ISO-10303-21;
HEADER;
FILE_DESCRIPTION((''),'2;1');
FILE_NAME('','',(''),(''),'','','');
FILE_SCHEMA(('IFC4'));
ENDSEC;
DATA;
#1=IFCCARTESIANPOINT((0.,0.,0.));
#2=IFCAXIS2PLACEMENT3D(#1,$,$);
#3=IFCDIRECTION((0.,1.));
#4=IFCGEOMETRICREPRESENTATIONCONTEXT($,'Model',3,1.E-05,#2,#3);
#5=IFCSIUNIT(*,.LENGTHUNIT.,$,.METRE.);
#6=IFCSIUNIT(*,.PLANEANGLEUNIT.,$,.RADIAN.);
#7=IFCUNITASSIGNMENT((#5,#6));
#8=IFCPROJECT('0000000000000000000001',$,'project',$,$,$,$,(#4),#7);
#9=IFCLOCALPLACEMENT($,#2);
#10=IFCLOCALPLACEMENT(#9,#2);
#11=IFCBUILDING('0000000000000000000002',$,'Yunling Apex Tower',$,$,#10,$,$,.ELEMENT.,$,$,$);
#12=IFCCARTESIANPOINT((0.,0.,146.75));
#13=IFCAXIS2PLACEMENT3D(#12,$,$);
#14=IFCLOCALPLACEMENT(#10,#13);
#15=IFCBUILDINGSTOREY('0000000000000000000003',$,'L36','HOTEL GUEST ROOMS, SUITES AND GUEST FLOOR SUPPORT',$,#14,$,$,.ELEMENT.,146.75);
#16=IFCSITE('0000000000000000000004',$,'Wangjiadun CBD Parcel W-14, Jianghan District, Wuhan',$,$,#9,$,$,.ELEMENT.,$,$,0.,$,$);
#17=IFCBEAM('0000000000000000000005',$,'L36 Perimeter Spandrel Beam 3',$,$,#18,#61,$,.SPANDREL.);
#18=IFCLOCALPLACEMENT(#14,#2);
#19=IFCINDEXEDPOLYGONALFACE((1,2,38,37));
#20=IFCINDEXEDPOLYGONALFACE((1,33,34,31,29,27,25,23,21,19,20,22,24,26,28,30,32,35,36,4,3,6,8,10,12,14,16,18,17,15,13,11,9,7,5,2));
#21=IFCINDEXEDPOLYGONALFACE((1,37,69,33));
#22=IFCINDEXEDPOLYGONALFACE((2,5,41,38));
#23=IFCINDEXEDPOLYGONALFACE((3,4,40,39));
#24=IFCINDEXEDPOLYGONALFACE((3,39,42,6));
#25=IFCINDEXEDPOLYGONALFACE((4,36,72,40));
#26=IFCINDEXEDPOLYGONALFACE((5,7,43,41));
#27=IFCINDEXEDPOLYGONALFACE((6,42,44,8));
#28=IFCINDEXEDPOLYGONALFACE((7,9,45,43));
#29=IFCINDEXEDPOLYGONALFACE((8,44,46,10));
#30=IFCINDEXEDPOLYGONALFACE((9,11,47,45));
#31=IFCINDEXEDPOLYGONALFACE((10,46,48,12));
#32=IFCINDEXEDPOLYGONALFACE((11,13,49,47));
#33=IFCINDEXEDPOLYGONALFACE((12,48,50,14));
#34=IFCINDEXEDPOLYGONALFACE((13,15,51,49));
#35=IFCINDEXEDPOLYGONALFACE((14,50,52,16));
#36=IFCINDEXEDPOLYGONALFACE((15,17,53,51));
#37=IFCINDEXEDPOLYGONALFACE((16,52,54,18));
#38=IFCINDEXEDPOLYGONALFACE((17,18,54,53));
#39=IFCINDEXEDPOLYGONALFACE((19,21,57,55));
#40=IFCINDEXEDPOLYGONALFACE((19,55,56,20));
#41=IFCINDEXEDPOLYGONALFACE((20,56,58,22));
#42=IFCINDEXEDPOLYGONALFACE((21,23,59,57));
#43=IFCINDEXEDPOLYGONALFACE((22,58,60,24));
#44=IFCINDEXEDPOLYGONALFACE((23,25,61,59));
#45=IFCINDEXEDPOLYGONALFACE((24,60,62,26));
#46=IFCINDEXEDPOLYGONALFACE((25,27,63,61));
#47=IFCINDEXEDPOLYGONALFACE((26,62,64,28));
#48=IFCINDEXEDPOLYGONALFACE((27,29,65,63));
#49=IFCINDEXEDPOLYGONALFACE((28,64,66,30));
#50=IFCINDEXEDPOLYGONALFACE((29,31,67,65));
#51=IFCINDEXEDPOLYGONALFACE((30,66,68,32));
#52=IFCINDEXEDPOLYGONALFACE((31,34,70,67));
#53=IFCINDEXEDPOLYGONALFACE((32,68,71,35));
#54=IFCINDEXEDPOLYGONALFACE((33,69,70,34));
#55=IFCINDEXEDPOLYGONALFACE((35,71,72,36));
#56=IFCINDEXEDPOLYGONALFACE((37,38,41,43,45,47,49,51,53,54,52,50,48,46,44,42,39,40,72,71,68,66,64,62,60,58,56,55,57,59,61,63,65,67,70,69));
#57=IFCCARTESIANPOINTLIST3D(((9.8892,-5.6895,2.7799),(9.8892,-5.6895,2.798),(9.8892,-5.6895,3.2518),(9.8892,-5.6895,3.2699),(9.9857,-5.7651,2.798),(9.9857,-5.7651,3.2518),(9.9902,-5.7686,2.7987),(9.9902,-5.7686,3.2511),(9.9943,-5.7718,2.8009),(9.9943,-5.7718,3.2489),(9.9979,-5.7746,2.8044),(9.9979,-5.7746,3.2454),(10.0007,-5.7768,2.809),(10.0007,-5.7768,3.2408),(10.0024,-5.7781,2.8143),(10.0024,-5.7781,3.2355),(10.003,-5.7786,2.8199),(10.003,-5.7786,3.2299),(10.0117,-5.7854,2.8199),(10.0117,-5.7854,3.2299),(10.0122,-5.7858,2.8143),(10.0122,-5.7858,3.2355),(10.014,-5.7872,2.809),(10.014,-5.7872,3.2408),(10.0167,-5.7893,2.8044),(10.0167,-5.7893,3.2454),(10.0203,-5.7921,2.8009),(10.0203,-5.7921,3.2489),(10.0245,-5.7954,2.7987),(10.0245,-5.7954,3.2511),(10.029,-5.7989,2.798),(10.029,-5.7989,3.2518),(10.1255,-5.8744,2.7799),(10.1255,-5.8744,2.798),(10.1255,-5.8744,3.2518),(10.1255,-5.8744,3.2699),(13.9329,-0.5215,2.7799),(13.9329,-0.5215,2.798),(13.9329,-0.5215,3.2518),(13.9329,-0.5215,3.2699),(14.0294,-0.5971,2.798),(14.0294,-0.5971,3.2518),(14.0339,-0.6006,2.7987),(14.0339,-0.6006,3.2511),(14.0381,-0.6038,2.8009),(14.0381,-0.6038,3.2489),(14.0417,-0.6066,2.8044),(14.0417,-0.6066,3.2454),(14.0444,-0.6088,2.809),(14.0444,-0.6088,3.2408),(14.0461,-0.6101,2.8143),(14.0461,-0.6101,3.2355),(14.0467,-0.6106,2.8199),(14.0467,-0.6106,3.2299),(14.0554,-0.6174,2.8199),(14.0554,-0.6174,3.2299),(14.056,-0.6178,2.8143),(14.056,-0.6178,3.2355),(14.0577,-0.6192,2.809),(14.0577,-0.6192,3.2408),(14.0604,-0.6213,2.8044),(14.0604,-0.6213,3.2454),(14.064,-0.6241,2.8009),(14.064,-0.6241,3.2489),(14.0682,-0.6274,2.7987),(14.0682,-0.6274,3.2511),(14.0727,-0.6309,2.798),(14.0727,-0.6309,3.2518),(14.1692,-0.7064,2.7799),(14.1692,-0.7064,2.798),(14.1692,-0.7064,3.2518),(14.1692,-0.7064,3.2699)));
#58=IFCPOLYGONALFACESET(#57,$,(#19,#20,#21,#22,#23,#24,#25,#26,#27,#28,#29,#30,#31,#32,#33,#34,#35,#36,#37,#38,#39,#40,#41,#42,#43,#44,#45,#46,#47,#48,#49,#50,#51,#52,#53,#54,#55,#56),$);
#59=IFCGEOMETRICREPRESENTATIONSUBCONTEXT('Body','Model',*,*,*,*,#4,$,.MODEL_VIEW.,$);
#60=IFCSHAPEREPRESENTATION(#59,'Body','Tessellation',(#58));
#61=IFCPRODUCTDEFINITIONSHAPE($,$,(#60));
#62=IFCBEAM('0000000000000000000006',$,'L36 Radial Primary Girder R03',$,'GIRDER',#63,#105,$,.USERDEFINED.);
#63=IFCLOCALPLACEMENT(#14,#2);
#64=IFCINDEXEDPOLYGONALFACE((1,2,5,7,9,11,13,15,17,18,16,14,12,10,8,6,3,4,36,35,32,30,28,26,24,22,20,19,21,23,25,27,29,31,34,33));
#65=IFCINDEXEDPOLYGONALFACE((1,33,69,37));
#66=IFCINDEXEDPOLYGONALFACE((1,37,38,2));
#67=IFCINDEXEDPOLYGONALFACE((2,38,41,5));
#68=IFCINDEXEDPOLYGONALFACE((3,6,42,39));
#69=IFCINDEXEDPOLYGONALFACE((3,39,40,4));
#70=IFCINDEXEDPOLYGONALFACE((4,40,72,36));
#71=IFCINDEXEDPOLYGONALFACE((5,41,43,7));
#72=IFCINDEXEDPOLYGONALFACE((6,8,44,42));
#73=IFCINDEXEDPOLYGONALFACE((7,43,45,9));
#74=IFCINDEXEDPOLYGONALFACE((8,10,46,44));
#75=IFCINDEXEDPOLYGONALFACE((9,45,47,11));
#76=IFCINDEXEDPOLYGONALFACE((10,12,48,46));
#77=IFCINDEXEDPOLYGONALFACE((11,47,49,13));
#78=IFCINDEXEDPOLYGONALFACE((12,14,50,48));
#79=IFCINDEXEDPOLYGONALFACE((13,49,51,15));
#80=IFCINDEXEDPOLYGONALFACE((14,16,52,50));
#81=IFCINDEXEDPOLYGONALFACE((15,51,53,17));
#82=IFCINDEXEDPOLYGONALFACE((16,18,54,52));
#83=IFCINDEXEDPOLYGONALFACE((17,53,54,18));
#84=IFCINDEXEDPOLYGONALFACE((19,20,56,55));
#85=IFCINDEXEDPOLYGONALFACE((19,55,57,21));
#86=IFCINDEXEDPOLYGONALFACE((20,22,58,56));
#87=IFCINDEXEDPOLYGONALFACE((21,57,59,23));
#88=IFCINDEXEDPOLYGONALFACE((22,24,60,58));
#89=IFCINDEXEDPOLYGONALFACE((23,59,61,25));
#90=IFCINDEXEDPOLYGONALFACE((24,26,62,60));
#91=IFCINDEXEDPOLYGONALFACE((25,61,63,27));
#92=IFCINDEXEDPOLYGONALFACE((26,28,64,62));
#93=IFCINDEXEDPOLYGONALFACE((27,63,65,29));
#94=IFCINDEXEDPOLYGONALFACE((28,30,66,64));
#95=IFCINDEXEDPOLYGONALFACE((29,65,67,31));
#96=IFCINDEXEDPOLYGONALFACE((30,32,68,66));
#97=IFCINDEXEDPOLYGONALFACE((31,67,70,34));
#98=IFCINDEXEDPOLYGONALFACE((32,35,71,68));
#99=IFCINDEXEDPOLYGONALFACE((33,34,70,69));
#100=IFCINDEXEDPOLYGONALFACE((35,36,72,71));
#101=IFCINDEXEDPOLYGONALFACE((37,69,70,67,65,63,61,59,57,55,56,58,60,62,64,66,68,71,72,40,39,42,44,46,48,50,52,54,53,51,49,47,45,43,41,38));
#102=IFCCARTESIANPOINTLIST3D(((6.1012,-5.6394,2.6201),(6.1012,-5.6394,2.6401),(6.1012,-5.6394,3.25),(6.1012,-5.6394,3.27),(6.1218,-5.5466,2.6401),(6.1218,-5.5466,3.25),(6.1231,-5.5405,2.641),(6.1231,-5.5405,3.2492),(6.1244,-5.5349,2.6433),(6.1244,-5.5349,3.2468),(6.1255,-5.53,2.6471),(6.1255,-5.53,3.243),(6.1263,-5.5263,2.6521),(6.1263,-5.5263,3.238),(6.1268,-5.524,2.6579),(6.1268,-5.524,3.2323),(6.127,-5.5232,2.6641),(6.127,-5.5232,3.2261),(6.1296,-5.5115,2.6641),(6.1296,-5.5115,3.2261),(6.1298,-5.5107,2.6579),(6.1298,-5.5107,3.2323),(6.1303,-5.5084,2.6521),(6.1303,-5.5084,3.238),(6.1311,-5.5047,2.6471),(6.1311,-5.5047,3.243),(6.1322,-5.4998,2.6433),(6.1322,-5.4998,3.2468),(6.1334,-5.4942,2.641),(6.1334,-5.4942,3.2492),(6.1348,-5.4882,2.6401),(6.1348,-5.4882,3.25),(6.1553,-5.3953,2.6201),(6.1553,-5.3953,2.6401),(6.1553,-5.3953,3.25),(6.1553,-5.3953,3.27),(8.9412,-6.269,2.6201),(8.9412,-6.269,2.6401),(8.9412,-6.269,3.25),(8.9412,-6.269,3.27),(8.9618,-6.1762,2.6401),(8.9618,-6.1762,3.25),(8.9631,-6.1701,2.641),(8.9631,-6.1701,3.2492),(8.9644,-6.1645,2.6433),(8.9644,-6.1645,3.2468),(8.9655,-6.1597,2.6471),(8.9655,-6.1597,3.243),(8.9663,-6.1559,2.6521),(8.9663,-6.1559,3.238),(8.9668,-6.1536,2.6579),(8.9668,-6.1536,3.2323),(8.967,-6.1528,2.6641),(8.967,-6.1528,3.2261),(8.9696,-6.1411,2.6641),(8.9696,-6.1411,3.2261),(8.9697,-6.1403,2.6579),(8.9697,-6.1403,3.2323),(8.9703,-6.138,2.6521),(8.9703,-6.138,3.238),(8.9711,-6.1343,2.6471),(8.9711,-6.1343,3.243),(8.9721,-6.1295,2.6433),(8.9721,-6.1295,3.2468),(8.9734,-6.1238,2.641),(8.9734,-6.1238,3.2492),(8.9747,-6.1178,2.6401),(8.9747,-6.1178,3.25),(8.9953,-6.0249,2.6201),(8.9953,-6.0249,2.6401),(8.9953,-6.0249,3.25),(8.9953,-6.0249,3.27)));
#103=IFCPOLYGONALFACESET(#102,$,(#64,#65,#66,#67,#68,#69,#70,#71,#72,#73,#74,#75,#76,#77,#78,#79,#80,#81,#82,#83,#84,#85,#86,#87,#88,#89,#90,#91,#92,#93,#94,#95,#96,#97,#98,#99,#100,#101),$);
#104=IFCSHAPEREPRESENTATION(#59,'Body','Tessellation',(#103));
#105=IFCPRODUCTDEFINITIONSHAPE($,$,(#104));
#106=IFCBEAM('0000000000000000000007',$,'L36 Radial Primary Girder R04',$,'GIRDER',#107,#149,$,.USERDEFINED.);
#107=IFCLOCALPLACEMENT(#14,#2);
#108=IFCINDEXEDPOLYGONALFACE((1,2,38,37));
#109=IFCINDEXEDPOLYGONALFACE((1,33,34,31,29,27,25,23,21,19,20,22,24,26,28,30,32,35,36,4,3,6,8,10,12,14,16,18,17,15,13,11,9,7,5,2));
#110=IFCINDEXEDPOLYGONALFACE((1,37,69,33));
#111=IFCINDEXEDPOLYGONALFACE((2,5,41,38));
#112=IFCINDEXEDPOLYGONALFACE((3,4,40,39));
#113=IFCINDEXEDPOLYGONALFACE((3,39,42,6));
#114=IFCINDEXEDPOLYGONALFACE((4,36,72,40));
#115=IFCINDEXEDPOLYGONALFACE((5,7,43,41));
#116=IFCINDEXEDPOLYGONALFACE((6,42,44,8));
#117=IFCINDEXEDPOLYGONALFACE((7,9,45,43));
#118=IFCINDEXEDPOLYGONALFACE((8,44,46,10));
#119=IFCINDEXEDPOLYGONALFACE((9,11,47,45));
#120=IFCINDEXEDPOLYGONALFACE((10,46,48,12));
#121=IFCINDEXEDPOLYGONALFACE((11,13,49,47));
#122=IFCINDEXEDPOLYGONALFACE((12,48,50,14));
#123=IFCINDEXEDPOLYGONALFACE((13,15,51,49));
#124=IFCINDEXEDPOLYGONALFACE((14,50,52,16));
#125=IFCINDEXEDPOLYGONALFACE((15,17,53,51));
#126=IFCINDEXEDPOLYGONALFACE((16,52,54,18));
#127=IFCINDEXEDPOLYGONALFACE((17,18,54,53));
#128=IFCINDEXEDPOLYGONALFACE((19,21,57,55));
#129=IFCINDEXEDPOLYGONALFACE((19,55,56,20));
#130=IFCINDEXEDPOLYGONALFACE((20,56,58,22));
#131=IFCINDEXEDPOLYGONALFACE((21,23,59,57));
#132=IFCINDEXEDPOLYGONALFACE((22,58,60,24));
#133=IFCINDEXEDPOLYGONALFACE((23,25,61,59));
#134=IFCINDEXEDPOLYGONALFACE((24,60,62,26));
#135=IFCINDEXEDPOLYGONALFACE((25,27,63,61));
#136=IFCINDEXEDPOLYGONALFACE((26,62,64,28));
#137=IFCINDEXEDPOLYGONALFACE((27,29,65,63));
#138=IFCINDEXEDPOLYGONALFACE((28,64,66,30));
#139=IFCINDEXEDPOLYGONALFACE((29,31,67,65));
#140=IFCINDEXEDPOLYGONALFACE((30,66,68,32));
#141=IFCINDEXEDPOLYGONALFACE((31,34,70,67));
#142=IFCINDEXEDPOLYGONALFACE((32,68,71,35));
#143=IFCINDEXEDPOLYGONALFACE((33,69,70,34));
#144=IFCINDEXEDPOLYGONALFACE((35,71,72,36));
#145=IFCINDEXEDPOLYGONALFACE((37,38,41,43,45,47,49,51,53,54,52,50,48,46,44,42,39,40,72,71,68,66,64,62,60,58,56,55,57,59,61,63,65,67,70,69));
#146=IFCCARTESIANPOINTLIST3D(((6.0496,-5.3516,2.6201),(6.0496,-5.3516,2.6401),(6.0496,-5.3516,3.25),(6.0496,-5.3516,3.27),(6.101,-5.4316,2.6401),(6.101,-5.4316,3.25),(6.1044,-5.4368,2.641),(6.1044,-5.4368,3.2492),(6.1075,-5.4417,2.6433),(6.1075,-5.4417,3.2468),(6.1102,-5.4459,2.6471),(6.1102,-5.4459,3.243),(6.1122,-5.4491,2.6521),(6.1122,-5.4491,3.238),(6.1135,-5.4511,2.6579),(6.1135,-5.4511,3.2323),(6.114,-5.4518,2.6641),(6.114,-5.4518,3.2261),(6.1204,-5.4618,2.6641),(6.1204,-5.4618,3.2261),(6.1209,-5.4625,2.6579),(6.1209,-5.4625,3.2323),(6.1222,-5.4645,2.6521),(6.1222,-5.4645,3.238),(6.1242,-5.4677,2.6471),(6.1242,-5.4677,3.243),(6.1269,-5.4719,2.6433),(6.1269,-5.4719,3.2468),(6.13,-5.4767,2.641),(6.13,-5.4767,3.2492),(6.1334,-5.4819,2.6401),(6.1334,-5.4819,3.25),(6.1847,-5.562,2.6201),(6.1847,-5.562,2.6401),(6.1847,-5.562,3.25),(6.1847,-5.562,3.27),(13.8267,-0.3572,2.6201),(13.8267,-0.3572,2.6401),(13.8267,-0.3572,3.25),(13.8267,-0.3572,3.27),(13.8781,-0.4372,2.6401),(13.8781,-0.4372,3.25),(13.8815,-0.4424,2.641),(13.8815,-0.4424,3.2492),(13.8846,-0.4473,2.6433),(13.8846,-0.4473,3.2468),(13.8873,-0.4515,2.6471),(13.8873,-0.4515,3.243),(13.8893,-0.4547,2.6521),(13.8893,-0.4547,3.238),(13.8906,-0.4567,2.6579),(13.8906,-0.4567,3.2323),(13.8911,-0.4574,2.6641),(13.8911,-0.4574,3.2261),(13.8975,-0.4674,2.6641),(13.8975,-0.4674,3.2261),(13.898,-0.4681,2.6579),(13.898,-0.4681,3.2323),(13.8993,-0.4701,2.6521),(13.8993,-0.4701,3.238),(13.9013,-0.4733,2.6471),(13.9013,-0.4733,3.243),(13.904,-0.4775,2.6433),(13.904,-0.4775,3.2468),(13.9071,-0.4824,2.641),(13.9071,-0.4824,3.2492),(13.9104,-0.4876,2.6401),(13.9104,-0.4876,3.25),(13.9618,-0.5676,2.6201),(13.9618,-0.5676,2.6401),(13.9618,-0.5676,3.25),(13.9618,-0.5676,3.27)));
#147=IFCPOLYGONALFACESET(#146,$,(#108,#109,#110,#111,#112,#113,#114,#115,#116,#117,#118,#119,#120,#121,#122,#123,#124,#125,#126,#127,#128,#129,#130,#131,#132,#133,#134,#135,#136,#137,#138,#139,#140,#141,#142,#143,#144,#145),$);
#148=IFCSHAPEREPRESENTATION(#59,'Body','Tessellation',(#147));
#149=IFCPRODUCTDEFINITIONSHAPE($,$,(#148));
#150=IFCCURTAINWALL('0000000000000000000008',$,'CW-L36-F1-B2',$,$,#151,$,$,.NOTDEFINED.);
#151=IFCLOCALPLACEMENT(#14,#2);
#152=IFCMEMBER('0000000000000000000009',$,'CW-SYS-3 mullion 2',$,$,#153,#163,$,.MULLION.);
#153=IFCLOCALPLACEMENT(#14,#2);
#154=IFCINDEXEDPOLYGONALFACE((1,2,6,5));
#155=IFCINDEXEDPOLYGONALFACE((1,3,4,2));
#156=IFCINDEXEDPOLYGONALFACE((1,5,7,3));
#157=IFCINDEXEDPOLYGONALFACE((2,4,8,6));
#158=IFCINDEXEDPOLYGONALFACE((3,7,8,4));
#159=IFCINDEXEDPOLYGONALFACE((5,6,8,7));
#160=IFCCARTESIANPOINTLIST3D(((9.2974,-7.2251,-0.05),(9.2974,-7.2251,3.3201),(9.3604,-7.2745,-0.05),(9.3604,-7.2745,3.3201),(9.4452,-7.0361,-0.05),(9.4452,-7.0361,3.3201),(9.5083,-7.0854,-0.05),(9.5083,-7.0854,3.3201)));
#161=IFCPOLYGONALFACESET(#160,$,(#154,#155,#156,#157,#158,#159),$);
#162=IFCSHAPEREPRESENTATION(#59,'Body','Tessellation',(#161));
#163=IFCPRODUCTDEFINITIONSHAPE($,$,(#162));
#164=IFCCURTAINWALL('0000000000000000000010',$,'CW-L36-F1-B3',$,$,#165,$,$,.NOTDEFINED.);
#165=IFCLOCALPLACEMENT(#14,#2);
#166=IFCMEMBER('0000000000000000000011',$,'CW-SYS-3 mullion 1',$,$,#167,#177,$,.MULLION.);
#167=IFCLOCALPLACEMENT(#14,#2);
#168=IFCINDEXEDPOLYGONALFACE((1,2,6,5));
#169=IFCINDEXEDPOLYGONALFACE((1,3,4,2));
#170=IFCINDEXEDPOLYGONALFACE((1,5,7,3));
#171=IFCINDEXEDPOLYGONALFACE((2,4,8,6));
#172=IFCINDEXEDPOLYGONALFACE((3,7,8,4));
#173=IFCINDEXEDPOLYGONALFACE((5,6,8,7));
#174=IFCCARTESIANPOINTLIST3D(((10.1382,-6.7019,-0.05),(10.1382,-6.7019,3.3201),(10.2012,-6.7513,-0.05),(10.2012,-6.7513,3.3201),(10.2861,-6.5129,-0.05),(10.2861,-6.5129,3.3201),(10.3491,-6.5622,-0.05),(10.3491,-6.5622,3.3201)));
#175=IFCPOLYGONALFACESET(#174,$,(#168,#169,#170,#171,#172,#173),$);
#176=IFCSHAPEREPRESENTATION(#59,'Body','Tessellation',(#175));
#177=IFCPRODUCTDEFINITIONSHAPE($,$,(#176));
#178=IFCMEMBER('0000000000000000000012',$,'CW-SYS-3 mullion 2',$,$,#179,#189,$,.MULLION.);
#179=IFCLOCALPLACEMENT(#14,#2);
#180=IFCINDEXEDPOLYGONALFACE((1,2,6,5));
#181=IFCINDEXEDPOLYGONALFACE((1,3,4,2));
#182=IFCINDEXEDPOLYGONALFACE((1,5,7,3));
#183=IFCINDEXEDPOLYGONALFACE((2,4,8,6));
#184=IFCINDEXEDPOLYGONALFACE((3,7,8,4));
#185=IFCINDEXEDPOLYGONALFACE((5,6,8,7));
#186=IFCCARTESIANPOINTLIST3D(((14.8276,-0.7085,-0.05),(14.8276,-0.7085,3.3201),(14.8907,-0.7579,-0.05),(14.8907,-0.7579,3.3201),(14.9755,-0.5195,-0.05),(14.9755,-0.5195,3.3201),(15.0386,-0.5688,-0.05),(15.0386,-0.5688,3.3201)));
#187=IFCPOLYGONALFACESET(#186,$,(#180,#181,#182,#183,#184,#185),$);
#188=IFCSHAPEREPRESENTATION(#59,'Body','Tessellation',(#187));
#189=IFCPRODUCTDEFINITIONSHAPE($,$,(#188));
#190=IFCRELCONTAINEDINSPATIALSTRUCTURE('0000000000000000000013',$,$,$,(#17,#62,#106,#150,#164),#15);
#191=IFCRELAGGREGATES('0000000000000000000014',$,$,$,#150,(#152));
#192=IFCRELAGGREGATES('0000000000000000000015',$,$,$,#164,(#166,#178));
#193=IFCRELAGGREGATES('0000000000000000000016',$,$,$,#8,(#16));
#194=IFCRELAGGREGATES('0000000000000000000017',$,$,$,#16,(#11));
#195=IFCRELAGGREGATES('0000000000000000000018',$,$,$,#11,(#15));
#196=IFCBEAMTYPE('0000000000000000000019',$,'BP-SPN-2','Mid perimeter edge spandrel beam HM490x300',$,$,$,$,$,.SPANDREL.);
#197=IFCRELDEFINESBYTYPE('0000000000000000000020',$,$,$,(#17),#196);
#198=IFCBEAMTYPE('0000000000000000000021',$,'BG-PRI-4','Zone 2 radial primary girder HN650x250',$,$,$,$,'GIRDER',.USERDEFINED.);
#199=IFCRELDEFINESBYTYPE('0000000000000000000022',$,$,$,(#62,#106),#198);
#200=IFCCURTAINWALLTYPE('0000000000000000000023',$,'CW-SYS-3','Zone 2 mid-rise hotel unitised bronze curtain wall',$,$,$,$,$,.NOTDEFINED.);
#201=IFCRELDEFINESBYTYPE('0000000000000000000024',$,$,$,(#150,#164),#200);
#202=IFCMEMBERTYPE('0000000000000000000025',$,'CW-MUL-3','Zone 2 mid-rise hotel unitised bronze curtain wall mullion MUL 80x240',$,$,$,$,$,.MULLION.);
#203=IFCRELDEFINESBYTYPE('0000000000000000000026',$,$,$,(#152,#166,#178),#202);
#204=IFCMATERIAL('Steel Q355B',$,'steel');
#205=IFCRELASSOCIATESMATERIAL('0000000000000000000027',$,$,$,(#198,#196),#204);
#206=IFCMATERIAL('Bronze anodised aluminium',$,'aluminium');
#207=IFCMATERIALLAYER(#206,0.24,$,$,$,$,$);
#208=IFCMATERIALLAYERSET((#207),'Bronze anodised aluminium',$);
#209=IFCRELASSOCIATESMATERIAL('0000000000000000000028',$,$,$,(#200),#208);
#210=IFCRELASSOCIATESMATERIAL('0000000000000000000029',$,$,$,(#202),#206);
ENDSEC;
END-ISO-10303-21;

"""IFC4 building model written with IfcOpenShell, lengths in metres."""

from ifc_helpers import new_model, si_unit, direction, frame, origin, origin_2d, place, context, subcontext, project, spatial, rectangle, i_section, extrude, source, transform, mapped, material, layer, layer_set, material_profile, profile_set, type_object, element, aggregate, save


model = new_model("IFC4")

# Units and contexts
model_context = context("Model", 3, precision=1e-05, world=origin(), true_north=direction((0.0, 1.0)))
body_context = subcontext(model_context, "Body", "Model", "MODEL_VIEW")
ifc_project = project(units=[si_unit("LENGTHUNIT", "METRE"), si_unit("PLANEANGLEUNIT", "RADIAN")], contexts=[model_context])

# Site, building, storey
site_placement = place(None, origin())
site = spatial("IfcSite", under=ifc_project, at=site_placement, Name="Wangjiadun CBD Parcel W-14, Jianghan District, Wuhan", CompositionType="ELEMENT", RefElevation=0.0)
building_placement = place(site_placement, origin())
building = spatial("IfcBuilding", under=site, at=building_placement, Name="Yunling Apex Tower", CompositionType="ELEMENT")
storey_placement = place(building_placement, frame((0.0, 0.0, 146.75)))
storey = spatial("IfcBuildingStorey", under=building, at=storey_placement, Name="L36", Description="HOTEL GUEST ROOMS, SUITES AND GUEST FLOOR SUPPORT", CompositionType="ELEMENT", Elevation=146.75)

# Beams
ifc_material_1 = material(Name="Steel Q355B", Category="steel")
ifc_material_profile_1 = material_profile(ifc_material_1, i_section(OverallWidth=0.25, OverallDepth=0.6499, WebThickness=0.012, FlangeThickness=0.02, FilletRadius=0.0239, at=origin_2d()))
ifc_profile_set_1 = profile_set([ifc_material_profile_1], Name="Steel Q355B")
beam_type_1 = type_object("IfcBeamType", Name="BG-PRI-4", Description="Zone 2 radial primary girder HN650x250", ElementType="GIRDER", PredefinedType="USERDEFINED", material=ifc_profile_set_1)
ifc_material_profile_2 = material_profile(ifc_material_1, i_section(OverallWidth=0.3, OverallDepth=0.49, WebThickness=0.011, FlangeThickness=0.0181, FilletRadius=0.022, at=origin_2d()))
ifc_profile_set_2 = profile_set([ifc_material_profile_2], Name="Steel Q355B")
beam_type_2 = type_object("IfcBeamType", Name="BP-SPN-2", Description="Mid perimeter edge spandrel beam HM490x300", PredefinedType="SPANDREL", material=ifc_profile_set_2)
shared_shape_1 = source(origin(), body_context, "Body", "SweptSolid", [
    extrude(i_section(OverallWidth=0.3, OverallDepth=0.49, WebThickness=0.011, FlangeThickness=0.0181, FilletRadius=0.022, at=origin_2d()), origin(), (0.0, 0.0, 1.0), 6.562),
])
beam_1_placement = place(storey_placement, frame((10.0073, -5.782, 3.0249), z_axis=(0.616233, 0.787564, 0.0), x_axis=(-0.787564, 0.616233, 0.0)))
element("IfcBeam", 1, at=beam_1_placement, inside=storey, type_object=beam_type_2, Name="L36 Perimeter Spandrel Beam 3", PredefinedType="SPANDREL", context=body_context, shape_type="MappedRepresentation", body=[
    mapped(shared_shape_1, transform((0.0, 0.0, 0.0), scale=1.0)),
])
shared_shape_2 = source(origin(), body_context, "Body", "SweptSolid", [
    extrude(i_section(OverallWidth=0.25, OverallDepth=0.6499, WebThickness=0.012, FlangeThickness=0.02, FilletRadius=0.0239, at=origin_2d()), origin(), (0.0, 0.0, 1.0), 2.9089),
])
beam_2_placement = place(storey_placement, frame((8.9683, -6.147, 2.9451), z_axis=(-0.976296, 0.216442, 0.0), x_axis=(-0.216442, -0.976296, 0.0)))
element("IfcBeam", 2, at=beam_2_placement, inside=storey, type_object=beam_type_1, Name="L36 Radial Primary Girder R03", ObjectType="GIRDER", PredefinedType="USERDEFINED", context=body_context, shape_type="MappedRepresentation", body=[
    mapped(shared_shape_2, transform((0.0, 0.0, 0.0), scale=1.0)),
])
shared_shape_3 = source(origin(), body_context, "Body", "SweptSolid", [
    extrude(i_section(OverallWidth=0.25, OverallDepth=0.6499, WebThickness=0.012, FlangeThickness=0.02, FilletRadius=0.0239, at=origin_2d()), origin(), (0.0, 0.0, 1.0), 9.2427),
])
beam_3_placement = place(storey_placement, frame((13.8943, -0.4624, 2.9451), z_axis=(-0.841433, -0.540361, 0.0), x_axis=(0.540361, -0.841433, 0.0)))
element("IfcBeam", 3, at=beam_3_placement, inside=storey, type_object=beam_type_1, Name="L36 Radial Primary Girder R04", ObjectType="GIRDER", PredefinedType="USERDEFINED", context=body_context, shape_type="MappedRepresentation", body=[
    mapped(shared_shape_3, transform((0.0, 0.0, 0.0), scale=1.0)),
])

# Curtain wall, member
ifc_material_2 = material(Name="Bronze anodised aluminium", Category="aluminium")
ifc_layer_1 = layer(ifc_material_2, 0.24)
ifc_layer_set_1 = layer_set([ifc_layer_1], Name="Bronze anodised aluminium")
curtain_wall_type = type_object("IfcCurtainWallType", Name="CW-SYS-3", Description="Zone 2 mid-rise hotel unitised bronze curtain wall", PredefinedType="NOTDEFINED", material=ifc_layer_set_1)
curtain_wall_1_placement = place(storey_placement, origin())
curtain_wall_1 = element("IfcCurtainWall", 4, at=curtain_wall_1_placement, inside=storey, type_object=curtain_wall_type, Name="CW-L36-F1-B2", PredefinedType="NOTDEFINED")
ifc_material_profile_3 = material_profile(ifc_material_2, rectangle(XDim=0.0801, YDim=0.24, at=origin_2d()))
ifc_profile_set_3 = profile_set([ifc_material_profile_3], Name="Bronze anodised aluminium")
member_type_1 = type_object("IfcMemberType", Name="CW-MUL-3", Description="Zone 2 mid-rise hotel unitised bronze curtain wall mullion MUL 80x240", PredefinedType="MULLION", material=ifc_profile_set_3)
shared_shape_4 = source(origin(), body_context, "Body", "SweptSolid", [
    extrude(rectangle(XDim=0.0801, YDim=0.24, at=origin_2d()), origin(), (0.0, 0.0, 1.0), 3.3701),
])
member_1_placement = place(storey_placement, frame((9.4028, -7.1553, -0.05), z_axis=(0.0, 0.0, 1.0), x_axis=(-0.78759, 0.616199, 0.0)))
member_1 = element("IfcMember", 5, at=member_1_placement, type_object=member_type_1, Name="CW-SYS-3 mullion 2", PredefinedType="MULLION", context=body_context, shape_type="MappedRepresentation", body=[
    mapped(shared_shape_4, transform((0.0, 0.0, 0.0), scale=1.0)),
])

# Curtain wall, members
curtain_wall_2_placement = place(storey_placement, origin())
curtain_wall_2 = element("IfcCurtainWall", 6, at=curtain_wall_2_placement, inside=storey, type_object=curtain_wall_type, Name="CW-L36-F1-B3", PredefinedType="NOTDEFINED")
member_2_placement = place(storey_placement, frame((10.2437, -6.6321, -0.05), z_axis=(0.0, 0.0, 1.0), x_axis=(-0.787584, 0.616208, 0.0)))
member_2 = element("IfcMember", 7, at=member_2_placement, type_object=member_type_1, Name="CW-SYS-3 mullion 1", PredefinedType="MULLION", context=body_context, shape_type="MappedRepresentation", body=[
    mapped(shared_shape_4, transform((0.0, 0.0, 0.0), scale=1.0)),
])
member_3_placement = place(storey_placement, frame((14.9331, -0.6387, -0.05), z_axis=(0.0, 0.0, 1.0), x_axis=(-0.787584, 0.616208, 0.0)))
member_3 = element("IfcMember", 8, at=member_3_placement, type_object=member_type_1, Name="CW-SYS-3 mullion 2", PredefinedType="MULLION", context=body_context, shape_type="MappedRepresentation", body=[
    mapped(shared_shape_4, transform((0.0, 0.0, 0.0), scale=1.0)),
])

aggregate(curtain_wall_1, [member_1])
aggregate(curtain_wall_2, [member_2, member_3])

save(model, "model.ifc")
